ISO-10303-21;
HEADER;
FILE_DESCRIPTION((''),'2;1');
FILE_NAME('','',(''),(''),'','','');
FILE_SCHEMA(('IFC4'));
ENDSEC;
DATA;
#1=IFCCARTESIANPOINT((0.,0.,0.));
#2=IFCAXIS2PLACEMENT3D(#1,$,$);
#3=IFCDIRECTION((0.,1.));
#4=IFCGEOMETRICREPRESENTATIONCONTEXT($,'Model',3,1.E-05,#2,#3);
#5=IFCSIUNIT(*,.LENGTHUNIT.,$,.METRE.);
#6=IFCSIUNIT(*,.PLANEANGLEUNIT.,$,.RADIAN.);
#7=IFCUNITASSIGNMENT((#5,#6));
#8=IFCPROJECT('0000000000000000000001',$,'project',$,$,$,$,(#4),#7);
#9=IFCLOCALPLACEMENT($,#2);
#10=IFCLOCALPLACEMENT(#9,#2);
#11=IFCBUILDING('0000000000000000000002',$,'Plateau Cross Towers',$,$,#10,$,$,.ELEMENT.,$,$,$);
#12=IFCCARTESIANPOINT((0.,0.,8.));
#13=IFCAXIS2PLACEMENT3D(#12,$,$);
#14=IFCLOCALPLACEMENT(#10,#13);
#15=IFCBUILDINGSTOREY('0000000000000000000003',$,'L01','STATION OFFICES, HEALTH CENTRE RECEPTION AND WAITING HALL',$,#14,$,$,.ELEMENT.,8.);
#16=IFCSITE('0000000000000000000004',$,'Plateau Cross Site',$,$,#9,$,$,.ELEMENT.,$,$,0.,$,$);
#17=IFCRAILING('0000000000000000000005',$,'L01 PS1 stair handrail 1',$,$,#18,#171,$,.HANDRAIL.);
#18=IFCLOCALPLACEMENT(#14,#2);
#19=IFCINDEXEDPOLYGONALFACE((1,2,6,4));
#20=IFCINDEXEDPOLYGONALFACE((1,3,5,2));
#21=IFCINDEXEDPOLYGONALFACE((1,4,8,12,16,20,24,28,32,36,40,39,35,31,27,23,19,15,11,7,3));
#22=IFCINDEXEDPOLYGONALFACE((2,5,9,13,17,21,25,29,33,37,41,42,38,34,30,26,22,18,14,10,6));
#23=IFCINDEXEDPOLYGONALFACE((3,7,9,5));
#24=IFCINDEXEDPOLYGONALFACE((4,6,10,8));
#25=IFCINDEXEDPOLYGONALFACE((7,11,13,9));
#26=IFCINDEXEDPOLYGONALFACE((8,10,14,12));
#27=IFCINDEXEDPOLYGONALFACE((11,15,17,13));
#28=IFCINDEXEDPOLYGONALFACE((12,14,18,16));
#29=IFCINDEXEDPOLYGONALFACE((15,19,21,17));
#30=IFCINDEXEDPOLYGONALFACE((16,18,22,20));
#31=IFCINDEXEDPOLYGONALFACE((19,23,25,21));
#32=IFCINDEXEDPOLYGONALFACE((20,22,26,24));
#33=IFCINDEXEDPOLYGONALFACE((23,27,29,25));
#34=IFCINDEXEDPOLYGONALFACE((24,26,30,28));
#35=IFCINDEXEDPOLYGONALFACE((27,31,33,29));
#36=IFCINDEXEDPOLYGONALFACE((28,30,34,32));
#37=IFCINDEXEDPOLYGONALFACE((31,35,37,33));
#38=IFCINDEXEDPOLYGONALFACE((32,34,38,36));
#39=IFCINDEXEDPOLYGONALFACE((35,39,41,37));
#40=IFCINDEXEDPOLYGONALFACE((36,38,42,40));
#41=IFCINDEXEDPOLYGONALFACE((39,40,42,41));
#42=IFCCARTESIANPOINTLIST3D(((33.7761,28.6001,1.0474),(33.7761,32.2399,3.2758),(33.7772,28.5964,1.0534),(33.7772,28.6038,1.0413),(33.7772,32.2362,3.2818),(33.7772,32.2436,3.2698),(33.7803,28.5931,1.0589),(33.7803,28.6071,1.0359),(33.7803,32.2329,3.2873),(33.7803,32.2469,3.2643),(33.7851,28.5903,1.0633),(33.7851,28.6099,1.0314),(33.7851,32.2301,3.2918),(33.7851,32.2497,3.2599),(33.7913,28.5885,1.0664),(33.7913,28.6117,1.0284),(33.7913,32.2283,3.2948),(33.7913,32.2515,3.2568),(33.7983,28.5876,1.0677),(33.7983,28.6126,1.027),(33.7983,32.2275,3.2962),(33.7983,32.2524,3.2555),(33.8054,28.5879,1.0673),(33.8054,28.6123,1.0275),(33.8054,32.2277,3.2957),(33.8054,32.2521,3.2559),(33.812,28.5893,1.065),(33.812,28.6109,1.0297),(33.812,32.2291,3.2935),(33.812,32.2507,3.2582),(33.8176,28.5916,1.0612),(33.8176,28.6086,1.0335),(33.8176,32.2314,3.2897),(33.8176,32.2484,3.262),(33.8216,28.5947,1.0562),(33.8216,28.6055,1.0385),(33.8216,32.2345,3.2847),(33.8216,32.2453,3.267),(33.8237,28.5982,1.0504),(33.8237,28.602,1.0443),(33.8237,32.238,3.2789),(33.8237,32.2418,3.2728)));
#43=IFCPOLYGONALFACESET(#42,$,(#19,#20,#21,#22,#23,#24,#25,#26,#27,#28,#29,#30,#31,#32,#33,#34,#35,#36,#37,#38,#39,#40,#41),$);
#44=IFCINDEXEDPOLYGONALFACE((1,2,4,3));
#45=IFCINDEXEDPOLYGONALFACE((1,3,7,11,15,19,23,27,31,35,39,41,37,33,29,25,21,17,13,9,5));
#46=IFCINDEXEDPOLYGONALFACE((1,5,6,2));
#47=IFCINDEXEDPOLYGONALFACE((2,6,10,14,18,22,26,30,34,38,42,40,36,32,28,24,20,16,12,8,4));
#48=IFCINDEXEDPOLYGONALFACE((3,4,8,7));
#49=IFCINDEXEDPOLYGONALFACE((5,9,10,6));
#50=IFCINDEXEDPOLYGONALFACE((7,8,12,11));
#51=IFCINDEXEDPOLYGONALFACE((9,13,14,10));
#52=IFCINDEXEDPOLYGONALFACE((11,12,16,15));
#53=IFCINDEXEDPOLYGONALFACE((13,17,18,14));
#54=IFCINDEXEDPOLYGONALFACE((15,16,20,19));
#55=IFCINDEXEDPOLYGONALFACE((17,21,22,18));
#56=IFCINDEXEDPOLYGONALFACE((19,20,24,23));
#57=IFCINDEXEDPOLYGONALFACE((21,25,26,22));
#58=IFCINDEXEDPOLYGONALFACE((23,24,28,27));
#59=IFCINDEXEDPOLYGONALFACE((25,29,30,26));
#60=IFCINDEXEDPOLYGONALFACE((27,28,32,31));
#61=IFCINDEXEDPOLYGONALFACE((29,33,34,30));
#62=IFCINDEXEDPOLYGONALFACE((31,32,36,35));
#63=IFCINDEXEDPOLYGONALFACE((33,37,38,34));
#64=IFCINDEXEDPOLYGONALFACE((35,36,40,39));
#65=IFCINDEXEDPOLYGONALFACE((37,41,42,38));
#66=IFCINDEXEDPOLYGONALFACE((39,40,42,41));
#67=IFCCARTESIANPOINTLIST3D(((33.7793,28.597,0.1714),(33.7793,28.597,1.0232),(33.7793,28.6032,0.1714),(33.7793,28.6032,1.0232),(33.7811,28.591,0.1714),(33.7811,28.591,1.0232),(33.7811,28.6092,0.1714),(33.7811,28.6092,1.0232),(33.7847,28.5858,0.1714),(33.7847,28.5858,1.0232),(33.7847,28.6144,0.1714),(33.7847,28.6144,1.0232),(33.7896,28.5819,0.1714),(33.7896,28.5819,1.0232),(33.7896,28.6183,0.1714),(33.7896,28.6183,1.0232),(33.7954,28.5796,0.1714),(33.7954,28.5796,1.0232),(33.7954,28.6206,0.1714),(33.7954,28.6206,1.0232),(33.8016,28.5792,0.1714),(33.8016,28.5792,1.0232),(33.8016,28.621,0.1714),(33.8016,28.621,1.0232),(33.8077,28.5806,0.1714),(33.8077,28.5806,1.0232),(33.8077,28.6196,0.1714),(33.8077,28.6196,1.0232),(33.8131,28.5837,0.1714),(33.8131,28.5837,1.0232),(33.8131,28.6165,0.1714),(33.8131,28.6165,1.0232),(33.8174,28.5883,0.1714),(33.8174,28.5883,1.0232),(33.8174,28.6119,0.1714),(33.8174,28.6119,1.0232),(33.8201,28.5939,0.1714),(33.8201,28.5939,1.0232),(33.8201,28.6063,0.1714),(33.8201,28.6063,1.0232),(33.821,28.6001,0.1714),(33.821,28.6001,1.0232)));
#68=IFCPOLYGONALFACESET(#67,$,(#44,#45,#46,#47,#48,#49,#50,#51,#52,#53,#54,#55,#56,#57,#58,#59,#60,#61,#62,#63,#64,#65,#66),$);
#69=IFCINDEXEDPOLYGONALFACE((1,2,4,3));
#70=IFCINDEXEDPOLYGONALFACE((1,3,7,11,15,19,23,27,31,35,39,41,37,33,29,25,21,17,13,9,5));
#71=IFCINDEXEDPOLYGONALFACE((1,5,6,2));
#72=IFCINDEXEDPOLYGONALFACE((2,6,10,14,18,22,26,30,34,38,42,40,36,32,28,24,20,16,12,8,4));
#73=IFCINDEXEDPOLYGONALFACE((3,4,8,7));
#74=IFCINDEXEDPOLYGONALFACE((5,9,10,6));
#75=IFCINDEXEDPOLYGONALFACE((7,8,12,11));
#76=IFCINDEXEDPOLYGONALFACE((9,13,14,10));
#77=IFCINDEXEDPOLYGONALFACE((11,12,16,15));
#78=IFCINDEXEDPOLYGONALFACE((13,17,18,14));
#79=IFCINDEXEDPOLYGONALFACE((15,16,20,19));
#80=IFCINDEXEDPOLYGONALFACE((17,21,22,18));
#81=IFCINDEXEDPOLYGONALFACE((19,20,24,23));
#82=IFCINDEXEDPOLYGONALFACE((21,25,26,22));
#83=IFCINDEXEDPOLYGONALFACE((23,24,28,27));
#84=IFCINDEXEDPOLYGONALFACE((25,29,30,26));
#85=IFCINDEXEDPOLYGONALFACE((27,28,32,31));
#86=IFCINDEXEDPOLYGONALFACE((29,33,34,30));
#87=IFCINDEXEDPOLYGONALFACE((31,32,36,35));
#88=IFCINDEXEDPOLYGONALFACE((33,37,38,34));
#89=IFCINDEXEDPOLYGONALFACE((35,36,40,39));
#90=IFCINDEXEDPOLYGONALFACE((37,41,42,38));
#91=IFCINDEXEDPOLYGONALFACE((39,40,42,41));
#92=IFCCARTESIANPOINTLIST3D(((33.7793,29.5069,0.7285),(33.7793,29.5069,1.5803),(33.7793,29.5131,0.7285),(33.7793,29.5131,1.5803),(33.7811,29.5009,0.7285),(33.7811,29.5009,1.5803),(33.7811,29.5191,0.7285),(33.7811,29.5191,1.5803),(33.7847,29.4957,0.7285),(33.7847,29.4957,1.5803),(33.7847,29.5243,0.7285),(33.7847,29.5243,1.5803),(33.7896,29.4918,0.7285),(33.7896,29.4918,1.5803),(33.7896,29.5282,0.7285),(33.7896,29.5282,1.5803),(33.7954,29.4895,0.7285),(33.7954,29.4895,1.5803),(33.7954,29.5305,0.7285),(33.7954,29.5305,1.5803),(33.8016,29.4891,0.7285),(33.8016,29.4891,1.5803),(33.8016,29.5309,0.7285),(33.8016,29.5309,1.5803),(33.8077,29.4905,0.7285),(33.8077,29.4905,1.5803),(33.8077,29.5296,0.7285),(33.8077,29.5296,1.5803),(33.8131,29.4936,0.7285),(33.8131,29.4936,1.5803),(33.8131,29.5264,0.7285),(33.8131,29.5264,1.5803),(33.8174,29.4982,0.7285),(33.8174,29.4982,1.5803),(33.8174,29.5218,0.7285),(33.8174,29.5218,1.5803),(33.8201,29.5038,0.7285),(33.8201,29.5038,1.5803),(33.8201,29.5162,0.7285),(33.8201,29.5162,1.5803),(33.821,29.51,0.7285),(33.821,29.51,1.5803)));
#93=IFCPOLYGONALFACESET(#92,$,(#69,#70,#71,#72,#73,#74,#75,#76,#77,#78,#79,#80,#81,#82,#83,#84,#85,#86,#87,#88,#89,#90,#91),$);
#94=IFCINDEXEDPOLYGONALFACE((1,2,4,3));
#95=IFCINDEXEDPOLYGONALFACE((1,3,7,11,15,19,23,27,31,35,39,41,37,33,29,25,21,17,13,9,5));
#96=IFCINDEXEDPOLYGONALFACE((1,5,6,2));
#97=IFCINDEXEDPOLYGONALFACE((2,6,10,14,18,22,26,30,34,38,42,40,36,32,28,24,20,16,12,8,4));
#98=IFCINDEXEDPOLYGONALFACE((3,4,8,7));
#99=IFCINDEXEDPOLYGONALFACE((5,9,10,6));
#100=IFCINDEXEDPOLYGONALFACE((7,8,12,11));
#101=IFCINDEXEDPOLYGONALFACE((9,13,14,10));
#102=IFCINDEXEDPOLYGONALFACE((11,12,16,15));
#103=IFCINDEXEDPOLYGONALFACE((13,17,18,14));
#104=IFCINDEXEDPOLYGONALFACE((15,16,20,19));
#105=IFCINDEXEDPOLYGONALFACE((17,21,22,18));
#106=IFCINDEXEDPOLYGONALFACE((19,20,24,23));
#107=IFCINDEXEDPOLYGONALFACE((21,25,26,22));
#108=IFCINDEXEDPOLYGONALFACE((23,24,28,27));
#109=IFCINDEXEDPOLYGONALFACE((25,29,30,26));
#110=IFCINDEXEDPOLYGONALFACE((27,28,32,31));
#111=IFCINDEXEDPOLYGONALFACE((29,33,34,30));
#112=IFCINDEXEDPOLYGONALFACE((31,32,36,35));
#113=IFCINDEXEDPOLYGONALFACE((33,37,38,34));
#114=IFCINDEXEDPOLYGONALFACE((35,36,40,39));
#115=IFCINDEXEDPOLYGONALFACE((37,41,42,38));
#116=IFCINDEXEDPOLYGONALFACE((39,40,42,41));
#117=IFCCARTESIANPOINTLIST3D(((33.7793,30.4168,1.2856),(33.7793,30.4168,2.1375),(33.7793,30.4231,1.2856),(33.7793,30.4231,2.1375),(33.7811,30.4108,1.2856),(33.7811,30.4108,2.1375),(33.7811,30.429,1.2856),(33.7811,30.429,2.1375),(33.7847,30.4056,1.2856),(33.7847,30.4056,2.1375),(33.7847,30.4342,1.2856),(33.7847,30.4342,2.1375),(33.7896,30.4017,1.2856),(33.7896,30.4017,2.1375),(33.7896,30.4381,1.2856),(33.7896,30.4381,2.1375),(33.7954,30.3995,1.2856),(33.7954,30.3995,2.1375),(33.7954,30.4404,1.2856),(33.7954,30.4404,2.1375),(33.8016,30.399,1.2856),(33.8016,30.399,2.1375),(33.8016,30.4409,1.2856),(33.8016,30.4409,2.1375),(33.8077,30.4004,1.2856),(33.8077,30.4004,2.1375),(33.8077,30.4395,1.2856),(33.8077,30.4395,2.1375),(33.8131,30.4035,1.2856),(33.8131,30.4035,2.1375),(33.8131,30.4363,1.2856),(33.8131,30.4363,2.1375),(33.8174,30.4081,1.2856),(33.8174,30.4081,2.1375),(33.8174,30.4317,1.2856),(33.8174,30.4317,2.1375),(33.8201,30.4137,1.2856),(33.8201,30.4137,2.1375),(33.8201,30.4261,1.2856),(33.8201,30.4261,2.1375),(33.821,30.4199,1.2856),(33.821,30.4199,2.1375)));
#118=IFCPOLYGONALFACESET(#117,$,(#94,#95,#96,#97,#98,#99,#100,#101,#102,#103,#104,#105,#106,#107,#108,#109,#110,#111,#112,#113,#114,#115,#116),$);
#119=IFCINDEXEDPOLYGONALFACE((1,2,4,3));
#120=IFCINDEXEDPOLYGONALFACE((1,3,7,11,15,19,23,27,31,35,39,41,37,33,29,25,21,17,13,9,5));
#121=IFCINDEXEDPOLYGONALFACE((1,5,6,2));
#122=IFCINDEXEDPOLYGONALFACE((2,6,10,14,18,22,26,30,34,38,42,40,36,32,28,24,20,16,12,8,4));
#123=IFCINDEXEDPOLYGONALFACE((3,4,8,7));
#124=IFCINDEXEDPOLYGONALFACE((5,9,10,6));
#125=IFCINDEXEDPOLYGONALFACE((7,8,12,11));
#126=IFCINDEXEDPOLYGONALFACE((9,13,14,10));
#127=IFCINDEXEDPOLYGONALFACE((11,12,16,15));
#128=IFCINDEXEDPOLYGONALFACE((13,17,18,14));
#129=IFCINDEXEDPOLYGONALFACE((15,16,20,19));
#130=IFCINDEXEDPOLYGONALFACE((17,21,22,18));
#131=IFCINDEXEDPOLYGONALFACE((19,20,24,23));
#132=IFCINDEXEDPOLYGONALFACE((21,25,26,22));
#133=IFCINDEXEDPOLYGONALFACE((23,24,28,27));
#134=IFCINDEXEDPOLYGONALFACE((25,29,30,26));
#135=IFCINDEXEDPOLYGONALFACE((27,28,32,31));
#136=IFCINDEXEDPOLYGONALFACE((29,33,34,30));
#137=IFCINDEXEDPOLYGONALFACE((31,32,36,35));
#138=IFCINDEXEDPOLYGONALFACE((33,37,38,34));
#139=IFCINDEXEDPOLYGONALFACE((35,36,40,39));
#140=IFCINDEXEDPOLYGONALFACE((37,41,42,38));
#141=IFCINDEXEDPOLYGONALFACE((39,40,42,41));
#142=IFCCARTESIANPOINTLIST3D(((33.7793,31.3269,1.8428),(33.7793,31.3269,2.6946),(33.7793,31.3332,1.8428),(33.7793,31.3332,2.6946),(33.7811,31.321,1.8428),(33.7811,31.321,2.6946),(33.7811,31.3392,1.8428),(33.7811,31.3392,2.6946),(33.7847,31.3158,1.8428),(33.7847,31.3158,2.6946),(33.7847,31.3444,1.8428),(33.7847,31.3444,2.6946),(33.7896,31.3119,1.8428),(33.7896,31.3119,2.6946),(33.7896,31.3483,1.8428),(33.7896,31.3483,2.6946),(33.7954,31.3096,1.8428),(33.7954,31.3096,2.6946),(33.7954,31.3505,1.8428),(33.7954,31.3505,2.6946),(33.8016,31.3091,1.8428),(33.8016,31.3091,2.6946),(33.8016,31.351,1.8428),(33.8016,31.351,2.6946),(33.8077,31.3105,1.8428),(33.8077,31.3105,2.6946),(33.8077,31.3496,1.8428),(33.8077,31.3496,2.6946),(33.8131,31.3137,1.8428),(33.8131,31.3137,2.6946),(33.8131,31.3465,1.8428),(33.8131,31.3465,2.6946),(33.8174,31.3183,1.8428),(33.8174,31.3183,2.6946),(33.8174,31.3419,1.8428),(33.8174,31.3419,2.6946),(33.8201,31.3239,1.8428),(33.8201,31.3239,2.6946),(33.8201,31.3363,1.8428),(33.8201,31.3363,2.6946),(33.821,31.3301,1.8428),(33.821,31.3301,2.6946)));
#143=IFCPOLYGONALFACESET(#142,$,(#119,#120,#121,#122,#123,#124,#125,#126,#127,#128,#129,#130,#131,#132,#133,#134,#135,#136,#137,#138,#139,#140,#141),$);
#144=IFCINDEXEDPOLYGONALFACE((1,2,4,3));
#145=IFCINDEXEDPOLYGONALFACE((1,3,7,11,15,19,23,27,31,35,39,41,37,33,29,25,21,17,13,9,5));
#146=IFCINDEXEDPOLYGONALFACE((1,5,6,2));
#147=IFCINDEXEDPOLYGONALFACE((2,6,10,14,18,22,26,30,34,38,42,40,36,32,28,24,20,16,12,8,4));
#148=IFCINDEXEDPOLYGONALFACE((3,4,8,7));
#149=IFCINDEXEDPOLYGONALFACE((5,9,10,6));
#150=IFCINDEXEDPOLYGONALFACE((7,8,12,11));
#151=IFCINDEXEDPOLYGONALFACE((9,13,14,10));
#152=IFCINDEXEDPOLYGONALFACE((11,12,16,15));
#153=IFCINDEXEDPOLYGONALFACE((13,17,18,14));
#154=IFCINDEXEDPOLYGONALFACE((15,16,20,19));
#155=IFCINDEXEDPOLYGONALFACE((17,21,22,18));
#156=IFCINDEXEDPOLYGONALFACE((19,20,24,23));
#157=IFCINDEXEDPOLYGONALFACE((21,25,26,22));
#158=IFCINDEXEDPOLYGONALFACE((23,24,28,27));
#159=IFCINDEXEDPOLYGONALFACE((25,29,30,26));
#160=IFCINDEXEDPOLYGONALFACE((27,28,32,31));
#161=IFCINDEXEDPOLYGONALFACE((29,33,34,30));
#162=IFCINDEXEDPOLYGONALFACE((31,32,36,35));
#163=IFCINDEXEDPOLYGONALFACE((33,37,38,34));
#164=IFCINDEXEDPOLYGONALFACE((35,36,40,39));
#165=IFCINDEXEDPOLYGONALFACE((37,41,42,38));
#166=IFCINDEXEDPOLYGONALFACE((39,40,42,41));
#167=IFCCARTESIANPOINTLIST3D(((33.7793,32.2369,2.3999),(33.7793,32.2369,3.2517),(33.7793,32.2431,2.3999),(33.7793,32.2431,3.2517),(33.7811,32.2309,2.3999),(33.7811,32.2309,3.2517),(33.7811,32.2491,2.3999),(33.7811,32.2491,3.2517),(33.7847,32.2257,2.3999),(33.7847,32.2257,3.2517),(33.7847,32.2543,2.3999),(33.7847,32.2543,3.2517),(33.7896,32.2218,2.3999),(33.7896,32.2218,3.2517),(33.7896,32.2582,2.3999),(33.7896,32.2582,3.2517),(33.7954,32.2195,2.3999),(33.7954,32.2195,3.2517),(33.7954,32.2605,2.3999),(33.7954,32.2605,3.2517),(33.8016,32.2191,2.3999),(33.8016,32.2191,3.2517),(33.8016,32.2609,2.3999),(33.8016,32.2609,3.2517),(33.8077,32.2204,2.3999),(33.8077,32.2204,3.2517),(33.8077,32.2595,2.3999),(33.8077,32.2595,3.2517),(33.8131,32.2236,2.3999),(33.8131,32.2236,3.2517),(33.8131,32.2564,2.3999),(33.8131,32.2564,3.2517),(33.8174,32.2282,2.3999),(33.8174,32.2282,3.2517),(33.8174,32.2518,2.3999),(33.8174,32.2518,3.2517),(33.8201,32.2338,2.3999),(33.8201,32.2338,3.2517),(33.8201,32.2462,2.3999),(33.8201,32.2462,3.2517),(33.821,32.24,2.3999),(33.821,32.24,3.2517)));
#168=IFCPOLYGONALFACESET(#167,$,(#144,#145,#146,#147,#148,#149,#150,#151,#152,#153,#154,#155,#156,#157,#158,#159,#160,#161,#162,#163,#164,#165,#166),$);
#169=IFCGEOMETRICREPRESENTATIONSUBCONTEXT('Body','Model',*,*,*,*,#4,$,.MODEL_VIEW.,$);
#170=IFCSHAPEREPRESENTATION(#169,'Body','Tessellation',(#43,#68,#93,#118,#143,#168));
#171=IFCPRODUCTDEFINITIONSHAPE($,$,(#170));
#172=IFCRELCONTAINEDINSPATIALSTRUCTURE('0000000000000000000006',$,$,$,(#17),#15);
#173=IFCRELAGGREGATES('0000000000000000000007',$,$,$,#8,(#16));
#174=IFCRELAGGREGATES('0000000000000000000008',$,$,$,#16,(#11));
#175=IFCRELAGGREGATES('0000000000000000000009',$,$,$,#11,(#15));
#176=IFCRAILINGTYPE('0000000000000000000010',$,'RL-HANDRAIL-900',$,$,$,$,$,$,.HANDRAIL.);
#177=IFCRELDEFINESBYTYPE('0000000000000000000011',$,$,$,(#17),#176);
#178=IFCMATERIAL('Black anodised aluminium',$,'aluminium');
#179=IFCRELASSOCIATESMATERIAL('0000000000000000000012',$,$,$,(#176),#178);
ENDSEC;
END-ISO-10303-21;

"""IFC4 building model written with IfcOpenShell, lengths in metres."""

from ifc_helpers import new_model, si_unit, direction, frame, origin, origin_2d, place, context, subcontext, project, spatial, circle, extrude, material, type_object, element, save


model = new_model("IFC4")

# Units and contexts
model_context = context("Model", 3, precision=1e-05, world=origin(), true_north=direction((0.0, 1.0)))
body_context = subcontext(model_context, "Body", "Model", "MODEL_VIEW")
ifc_project = project(units=[si_unit("LENGTHUNIT", "METRE"), si_unit("PLANEANGLEUNIT", "RADIAN")], contexts=[model_context])

# Site, building, storey
site_placement = place(None, origin())
site = spatial("IfcSite", under=ifc_project, at=site_placement, Name="Plateau Cross Site", CompositionType="ELEMENT", RefElevation=0.0)
building_placement = place(site_placement, origin())
building = spatial("IfcBuilding", under=site, at=building_placement, Name="Plateau Cross Towers", CompositionType="ELEMENT")
storey_placement = place(building_placement, frame((0.0, 0.0, 8.0)))
storey = spatial("IfcBuildingStorey", under=building, at=storey_placement, Name="L01", Description="STATION OFFICES, HEALTH CENTRE RECEPTION AND WAITING HALL", CompositionType="ELEMENT", Elevation=8.0)

# Railing
ifc_material_1 = material(Name="Black anodised aluminium", Category="aluminium")
railing_type_1 = type_object("IfcRailingType", Name="RL-HANDRAIL-900", PredefinedType="HANDRAIL", material=ifc_material_1)
railing_1_placement = place(storey_placement, frame((33.8, 28.6001, 0.1714)))
element("IfcRailing", 1, at=railing_1_placement, inside=storey, type_object=railing_type_1, Name="L01 PS1 stair handrail 1", PredefinedType="HANDRAIL", context=body_context, shape_type="SweptSolid", body=[
    extrude(circle(Radius=0.0239, at=origin_2d()), frame((0.0, 0.0, 0.876), z_axis=(0.0, 0.85285, 0.522156), x_axis=(-1.0, 0.0, 0.0)), (0.0, 0.0, 1.0), 4.2678),
    extrude(circle(Radius=0.021, at=origin_2d()), origin(), (0.0, 0.0, 1.0), 0.8518),
    extrude(circle(Radius=0.021, at=origin_2d()), frame((0.0, 0.9099, 0.5571)), (0.0, 0.0, 1.0), 0.8518),
    extrude(circle(Radius=0.021, at=origin_2d()), frame((0.0, 1.8198, 1.1143)), (0.0, 0.0, 1.0), 0.8518),
    extrude(circle(Radius=0.021, at=origin_2d()), frame((0.0, 2.73, 1.6714)), (0.0, 0.0, 1.0), 0.8518),
    extrude(circle(Radius=0.021, at=origin_2d()), frame((0.0, 3.6399, 2.2285)), (0.0, 0.0, 1.0), 0.8518),
])

save(model, "model.ifc")
